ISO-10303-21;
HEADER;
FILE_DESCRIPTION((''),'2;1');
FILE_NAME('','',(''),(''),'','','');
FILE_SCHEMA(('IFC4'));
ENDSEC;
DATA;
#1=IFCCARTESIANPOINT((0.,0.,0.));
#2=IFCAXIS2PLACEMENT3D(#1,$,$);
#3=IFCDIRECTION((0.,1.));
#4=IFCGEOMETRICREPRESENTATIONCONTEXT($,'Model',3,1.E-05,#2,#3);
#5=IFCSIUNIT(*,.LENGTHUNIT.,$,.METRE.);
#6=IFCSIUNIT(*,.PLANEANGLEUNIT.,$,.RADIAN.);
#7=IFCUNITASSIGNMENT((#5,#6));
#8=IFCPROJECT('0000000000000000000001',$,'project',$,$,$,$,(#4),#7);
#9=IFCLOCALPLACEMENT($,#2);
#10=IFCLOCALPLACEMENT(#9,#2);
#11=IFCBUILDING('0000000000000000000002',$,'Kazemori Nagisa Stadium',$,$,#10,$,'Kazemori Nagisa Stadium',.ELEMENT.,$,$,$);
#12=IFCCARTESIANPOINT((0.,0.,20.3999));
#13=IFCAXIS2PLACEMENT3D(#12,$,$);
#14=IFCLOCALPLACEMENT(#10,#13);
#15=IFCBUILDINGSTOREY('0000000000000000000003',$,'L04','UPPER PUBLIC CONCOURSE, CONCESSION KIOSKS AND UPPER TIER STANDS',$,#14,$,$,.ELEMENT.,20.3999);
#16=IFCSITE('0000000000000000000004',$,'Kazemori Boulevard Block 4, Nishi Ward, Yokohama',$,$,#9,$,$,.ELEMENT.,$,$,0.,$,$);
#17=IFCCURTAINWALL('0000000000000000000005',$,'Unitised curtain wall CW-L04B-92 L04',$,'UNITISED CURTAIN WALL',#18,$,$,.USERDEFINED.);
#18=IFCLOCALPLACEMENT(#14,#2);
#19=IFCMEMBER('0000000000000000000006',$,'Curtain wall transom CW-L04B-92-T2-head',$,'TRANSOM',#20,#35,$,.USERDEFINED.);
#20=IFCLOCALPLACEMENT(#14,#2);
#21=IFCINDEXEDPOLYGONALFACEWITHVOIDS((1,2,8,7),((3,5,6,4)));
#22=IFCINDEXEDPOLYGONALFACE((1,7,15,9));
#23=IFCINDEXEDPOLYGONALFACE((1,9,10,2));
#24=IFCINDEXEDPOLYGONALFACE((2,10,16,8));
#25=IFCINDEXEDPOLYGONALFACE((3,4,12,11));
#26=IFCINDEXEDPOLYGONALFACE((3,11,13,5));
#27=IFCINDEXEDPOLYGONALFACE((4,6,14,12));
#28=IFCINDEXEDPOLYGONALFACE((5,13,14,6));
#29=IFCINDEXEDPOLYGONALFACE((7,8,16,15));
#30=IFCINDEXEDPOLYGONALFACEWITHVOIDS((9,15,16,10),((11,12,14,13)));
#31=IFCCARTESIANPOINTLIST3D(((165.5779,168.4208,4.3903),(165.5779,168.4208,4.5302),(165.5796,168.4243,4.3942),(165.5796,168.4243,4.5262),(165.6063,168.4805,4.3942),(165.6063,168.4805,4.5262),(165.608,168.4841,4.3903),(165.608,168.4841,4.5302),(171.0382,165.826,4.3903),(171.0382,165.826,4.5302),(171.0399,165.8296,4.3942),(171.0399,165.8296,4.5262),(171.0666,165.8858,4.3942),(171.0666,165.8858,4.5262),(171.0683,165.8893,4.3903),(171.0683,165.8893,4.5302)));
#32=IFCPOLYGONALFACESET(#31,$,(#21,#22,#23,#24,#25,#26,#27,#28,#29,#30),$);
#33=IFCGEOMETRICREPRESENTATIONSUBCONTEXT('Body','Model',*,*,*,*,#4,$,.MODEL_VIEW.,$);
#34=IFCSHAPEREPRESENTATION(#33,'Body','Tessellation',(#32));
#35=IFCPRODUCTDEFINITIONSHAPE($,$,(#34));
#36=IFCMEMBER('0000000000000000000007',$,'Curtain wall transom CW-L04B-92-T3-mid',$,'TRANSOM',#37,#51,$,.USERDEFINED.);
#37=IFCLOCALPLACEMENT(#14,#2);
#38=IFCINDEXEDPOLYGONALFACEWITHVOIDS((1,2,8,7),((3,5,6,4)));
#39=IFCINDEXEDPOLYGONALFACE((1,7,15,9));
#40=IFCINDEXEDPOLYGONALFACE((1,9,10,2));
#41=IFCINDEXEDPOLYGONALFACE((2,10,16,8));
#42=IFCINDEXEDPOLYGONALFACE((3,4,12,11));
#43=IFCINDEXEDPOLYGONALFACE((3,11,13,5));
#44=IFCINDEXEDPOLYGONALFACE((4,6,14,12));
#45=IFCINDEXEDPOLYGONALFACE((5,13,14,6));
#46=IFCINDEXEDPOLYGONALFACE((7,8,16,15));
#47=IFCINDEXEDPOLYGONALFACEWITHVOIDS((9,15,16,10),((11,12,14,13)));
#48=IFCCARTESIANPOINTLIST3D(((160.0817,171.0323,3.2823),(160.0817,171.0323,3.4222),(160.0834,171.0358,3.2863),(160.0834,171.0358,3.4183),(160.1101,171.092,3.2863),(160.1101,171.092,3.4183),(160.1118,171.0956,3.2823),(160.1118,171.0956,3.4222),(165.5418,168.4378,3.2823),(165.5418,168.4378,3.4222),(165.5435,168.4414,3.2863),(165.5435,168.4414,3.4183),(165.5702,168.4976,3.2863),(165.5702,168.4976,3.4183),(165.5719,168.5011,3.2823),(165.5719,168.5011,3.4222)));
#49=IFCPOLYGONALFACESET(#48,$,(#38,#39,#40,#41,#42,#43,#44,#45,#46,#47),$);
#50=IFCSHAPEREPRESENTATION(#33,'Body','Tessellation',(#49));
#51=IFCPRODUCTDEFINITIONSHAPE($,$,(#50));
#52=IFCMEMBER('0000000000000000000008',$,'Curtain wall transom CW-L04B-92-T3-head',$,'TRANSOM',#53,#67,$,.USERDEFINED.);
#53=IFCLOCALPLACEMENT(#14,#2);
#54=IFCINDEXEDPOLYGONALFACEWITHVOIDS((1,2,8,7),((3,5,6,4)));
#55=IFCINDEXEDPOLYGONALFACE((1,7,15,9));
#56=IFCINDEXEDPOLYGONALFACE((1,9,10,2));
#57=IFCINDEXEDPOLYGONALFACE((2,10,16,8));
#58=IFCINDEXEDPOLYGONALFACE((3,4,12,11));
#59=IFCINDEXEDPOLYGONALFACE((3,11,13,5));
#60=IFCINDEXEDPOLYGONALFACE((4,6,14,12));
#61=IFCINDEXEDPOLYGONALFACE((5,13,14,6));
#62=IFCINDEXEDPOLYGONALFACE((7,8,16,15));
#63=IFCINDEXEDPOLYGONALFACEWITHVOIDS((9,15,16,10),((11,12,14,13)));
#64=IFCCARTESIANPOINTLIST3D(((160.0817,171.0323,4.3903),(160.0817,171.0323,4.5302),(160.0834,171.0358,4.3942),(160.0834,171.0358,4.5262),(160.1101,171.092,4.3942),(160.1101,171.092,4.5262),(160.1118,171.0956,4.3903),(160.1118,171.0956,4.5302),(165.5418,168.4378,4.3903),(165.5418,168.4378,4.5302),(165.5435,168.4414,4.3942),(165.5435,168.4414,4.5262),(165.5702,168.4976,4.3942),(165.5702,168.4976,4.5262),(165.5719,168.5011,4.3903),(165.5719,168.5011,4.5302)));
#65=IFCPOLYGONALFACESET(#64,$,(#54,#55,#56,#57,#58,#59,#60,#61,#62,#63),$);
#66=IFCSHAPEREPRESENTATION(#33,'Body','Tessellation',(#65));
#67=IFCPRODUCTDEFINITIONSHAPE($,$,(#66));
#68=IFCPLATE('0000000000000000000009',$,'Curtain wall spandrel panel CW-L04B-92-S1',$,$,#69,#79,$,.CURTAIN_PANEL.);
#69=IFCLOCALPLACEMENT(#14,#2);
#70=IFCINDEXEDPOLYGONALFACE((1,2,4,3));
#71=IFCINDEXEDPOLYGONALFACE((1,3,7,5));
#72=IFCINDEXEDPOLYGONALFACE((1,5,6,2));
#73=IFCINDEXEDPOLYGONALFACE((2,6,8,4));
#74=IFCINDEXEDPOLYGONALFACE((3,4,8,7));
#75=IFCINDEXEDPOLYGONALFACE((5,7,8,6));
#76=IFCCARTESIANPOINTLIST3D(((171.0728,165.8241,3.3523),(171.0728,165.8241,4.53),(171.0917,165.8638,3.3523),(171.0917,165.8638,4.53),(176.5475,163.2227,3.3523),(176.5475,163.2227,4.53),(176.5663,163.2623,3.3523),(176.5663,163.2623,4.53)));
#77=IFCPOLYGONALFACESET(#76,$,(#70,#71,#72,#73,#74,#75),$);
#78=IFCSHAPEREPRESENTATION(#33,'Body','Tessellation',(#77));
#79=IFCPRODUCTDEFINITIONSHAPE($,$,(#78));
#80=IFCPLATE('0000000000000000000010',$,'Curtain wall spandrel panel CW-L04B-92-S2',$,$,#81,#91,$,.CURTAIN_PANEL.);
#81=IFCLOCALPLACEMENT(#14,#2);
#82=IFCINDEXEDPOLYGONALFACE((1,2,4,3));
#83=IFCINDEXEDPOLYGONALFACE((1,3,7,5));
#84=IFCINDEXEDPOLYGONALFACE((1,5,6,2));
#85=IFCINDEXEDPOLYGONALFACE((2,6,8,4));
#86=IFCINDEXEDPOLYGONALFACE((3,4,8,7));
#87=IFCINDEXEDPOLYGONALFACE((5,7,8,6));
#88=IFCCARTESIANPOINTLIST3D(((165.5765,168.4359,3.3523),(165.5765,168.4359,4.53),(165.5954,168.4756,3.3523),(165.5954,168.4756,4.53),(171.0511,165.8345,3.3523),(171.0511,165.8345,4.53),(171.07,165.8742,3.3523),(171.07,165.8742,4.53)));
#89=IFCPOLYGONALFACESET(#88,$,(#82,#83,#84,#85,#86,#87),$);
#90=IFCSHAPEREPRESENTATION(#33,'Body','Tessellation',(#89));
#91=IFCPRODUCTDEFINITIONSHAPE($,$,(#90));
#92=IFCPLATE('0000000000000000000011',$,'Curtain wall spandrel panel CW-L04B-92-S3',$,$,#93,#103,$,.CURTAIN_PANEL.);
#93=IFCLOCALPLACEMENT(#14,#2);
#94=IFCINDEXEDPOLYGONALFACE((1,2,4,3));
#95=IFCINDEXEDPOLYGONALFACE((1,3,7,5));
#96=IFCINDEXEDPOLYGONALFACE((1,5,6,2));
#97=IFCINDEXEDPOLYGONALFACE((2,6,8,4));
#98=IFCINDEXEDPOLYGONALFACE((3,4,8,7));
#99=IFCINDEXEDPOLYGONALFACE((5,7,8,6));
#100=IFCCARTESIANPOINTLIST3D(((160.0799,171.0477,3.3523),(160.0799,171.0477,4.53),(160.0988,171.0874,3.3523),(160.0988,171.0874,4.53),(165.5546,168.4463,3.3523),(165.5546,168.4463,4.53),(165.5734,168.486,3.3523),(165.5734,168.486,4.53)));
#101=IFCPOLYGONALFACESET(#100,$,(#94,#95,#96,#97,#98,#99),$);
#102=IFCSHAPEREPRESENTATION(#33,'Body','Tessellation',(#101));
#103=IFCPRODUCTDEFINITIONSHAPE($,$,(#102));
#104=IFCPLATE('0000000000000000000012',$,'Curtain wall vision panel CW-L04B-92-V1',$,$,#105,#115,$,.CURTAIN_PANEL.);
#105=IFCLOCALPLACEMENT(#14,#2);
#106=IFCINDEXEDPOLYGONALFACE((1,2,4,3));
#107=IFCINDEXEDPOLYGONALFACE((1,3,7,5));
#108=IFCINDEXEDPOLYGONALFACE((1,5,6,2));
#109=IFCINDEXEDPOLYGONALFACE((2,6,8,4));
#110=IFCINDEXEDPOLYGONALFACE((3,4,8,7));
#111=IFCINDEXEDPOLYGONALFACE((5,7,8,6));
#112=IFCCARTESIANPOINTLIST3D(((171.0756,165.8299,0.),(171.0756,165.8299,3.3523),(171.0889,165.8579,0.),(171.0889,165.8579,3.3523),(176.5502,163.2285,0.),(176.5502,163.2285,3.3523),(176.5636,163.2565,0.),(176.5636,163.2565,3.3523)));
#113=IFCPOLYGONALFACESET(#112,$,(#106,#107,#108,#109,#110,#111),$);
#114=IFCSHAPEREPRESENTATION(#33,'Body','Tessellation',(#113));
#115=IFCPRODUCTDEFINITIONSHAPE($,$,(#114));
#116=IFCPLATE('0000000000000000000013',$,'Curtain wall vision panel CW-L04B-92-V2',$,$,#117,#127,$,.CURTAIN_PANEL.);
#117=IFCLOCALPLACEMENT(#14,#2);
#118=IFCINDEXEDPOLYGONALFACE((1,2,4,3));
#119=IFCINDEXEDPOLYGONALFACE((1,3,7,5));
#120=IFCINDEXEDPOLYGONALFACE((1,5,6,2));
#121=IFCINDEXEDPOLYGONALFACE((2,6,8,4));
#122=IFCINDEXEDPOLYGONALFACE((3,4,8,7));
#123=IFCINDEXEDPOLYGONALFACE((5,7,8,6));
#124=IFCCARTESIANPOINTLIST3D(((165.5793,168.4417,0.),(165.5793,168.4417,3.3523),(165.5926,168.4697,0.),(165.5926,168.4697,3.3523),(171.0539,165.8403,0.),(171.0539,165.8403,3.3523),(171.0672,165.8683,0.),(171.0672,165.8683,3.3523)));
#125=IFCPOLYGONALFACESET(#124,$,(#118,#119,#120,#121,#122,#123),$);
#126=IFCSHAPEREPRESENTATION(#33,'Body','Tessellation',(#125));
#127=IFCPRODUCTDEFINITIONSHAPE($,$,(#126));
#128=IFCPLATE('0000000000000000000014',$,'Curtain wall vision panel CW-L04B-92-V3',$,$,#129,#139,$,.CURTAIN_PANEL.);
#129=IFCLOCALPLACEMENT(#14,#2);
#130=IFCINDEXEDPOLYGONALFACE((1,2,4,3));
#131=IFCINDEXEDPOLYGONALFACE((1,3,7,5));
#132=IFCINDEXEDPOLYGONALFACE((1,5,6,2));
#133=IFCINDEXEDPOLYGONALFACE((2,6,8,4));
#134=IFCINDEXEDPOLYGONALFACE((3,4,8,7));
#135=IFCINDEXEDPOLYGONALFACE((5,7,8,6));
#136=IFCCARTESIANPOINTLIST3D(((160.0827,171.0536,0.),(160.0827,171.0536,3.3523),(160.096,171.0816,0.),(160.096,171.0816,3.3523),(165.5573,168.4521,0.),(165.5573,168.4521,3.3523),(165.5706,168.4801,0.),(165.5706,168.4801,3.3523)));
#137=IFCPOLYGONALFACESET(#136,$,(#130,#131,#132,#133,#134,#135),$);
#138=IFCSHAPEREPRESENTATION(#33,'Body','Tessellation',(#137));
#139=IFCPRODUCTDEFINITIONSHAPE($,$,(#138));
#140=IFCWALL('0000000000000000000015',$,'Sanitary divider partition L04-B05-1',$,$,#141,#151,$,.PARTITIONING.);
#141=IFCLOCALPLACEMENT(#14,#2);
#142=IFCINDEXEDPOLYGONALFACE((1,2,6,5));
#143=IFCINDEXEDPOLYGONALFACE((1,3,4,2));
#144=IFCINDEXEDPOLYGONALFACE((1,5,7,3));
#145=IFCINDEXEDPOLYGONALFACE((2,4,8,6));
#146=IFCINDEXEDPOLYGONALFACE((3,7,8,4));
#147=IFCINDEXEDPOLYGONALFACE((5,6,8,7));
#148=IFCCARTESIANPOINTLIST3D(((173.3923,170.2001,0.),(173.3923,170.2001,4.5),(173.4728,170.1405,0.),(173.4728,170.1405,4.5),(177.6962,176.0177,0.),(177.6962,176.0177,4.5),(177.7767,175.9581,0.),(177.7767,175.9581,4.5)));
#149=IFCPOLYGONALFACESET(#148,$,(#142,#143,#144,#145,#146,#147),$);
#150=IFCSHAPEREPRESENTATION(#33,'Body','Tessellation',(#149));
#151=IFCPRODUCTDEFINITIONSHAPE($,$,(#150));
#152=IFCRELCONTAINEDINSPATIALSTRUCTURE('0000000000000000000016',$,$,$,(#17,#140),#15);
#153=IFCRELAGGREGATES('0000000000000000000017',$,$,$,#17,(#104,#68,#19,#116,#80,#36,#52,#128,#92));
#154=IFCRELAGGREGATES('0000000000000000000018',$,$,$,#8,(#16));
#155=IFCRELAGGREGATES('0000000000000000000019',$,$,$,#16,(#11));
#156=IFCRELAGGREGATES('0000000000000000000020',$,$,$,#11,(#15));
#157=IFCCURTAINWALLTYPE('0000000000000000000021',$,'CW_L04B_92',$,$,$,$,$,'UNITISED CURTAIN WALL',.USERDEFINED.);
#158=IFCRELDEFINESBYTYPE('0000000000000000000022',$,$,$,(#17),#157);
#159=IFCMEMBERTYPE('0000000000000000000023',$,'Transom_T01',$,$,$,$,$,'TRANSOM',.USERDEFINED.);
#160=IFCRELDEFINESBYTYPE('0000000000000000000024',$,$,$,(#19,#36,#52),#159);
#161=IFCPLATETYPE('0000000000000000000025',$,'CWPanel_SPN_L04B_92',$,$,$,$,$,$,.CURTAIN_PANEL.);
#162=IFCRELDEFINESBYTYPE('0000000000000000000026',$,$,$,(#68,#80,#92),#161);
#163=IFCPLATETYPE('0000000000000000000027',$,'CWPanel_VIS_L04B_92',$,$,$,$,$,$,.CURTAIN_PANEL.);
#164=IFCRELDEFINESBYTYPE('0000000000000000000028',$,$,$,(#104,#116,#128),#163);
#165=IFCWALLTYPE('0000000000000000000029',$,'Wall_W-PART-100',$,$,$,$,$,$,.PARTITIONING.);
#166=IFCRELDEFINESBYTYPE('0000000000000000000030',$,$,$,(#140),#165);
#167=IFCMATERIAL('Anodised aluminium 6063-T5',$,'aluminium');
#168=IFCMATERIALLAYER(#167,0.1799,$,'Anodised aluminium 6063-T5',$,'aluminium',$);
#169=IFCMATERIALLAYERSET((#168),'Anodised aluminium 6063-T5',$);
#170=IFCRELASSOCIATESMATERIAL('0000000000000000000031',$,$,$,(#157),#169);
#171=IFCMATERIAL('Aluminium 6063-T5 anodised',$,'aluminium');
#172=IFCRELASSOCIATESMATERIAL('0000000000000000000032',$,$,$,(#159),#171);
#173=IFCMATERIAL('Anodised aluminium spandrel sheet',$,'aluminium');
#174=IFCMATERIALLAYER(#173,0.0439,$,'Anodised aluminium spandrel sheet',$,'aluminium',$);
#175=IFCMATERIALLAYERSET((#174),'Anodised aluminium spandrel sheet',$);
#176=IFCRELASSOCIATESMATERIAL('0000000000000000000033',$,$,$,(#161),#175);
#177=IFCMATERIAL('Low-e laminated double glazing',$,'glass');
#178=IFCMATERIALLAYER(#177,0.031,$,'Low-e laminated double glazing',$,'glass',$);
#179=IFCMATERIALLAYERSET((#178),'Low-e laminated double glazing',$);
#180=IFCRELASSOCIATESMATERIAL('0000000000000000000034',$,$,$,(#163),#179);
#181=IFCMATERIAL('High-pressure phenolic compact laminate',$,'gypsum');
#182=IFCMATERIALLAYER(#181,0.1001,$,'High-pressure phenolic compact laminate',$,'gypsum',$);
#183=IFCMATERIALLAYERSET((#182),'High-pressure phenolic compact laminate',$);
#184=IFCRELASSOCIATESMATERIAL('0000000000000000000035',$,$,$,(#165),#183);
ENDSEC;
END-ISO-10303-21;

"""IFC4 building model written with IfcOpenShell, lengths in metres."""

from ifc_helpers import new_model, si_unit, direction, frame, frame_2d, origin, origin_2d, place, context, subcontext, project, spatial, rectangle, hollow_rectangle, extrude, material, layer, layer_set, material_profile, profile_set, type_object, element, aggregate, save


model = new_model("IFC4")

# Units and contexts
model_context = context("Model", 3, precision=1e-05, world=origin(), true_north=direction((0.0, 1.0)))
body_context = subcontext(model_context, "Body", "Model", "MODEL_VIEW")
ifc_project = project(units=[si_unit("LENGTHUNIT", "METRE"), si_unit("PLANEANGLEUNIT", "RADIAN")], contexts=[model_context])

# Site, building, storey
site_placement = place(None, origin())
site = spatial("IfcSite", under=ifc_project, at=site_placement, Name="Kazemori Boulevard Block 4, Nishi Ward, Yokohama", CompositionType="ELEMENT", RefElevation=0.0)
building_placement = place(site_placement, origin())
building = spatial("IfcBuilding", under=site, at=building_placement, Name="Kazemori Nagisa Stadium", LongName="Kazemori Nagisa Stadium", CompositionType="ELEMENT")
storey_placement = place(building_placement, frame((0.0, 0.0, 20.3999)))
storey = spatial("IfcBuildingStorey", under=building, at=storey_placement, Name="L04", Description="UPPER PUBLIC CONCOURSE, CONCESSION KIOSKS AND UPPER TIER STANDS", CompositionType="ELEMENT", Elevation=20.3999)

# Curtain wall, members, plates
ifc_material_1 = material(Name="Anodised aluminium 6063-T5", Category="aluminium")
ifc_layer_1 = layer(ifc_material_1, 0.1799, Name="Anodised aluminium 6063-T5", Category="aluminium")
ifc_layer_set_1 = layer_set([ifc_layer_1], Name="Anodised aluminium 6063-T5")
curtain_wall_type = type_object("IfcCurtainWallType", Name="CW_L04B_92", ElementType="UNITISED CURTAIN WALL", PredefinedType="USERDEFINED", material=ifc_layer_set_1)
curtain_wall_placement = place(storey_placement, origin())
curtain_wall = element("IfcCurtainWall", 1, at=curtain_wall_placement, inside=storey, type_object=curtain_wall_type, Name="Unitised curtain wall CW-L04B-92 L04", ObjectType="UNITISED CURTAIN WALL", PredefinedType="USERDEFINED")
ifc_material_2 = material(Name="Aluminium 6063-T5 anodised", Category="aluminium")
ifc_material_profile_1 = material_profile(ifc_material_2, hollow_rectangle(XDim=0.0701, YDim=0.1399, WallThickness=0.0039, at=origin_2d()), Name="ALU-TRAN-70x140x4")
ifc_profile_set_1 = profile_set([ifc_material_profile_1], Name="Aluminium 6063-T5 anodised")
member_type_1 = type_object("IfcMemberType", Name="Transom_T01", ElementType="TRANSOM", PredefinedType="USERDEFINED", material=ifc_profile_set_1)
member_1_placement = place(storey_placement, frame((171.0532, 165.8577, 4.4602), z_axis=(-0.903205, 0.429209, 0.0), x_axis=(-0.429209, -0.903205, 0.0)))
member_1 = element("IfcMember", 2, at=member_1_placement, type_object=member_type_1, Name="Curtain wall transom CW-L04B-92-T2-head", ObjectType="TRANSOM", PredefinedType="USERDEFINED", context=body_context, shape_type="SweptSolid", body=[
    extrude(hollow_rectangle(XDim=0.0701, YDim=0.1399, WallThickness=0.0039, at=origin_2d()), origin(), (0.0, 0.0, 1.0), 6.0454),
])
member_2_placement = place(storey_placement, frame((165.5569, 168.4695, 3.3523), z_axis=(-0.903221, 0.429176, 0.0), x_axis=(-0.429176, -0.903221, 0.0)))
member_2 = element("IfcMember", 3, at=member_2_placement, type_object=member_type_1, Name="Curtain wall transom CW-L04B-92-T3-mid", ObjectType="TRANSOM", PredefinedType="USERDEFINED", context=body_context, shape_type="SweptSolid", body=[
    extrude(hollow_rectangle(XDim=0.0701, YDim=0.1399, WallThickness=0.0039, at=origin_2d()), origin(), (0.0, 0.0, 1.0), 6.0452),
])
member_3_placement = place(storey_placement, frame((165.5569, 168.4695, 4.4602), z_axis=(-0.903221, 0.429176, 0.0), x_axis=(-0.429176, -0.903221, 0.0)))
member_3 = element("IfcMember", 4, at=member_3_placement, type_object=member_type_1, Name="Curtain wall transom CW-L04B-92-T3-head", ObjectType="TRANSOM", PredefinedType="USERDEFINED", context=body_context, shape_type="SweptSolid", body=[
    extrude(hollow_rectangle(XDim=0.0701, YDim=0.1399, WallThickness=0.0039, at=origin_2d()), origin(), (0.0, 0.0, 1.0), 6.0452),
])
ifc_material_3 = material(Name="Anodised aluminium spandrel sheet", Category="aluminium")
ifc_layer_2 = layer(ifc_material_3, 0.0439, Name="Anodised aluminium spandrel sheet", Category="aluminium")
ifc_layer_set_2 = layer_set([ifc_layer_2], Name="Anodised aluminium spandrel sheet")
plate_type_1 = type_object("IfcPlateType", Name="CWPanel_SPN_L04B_92", PredefinedType="CURTAIN_PANEL", material=ifc_layer_set_2)
plate_1_placement = place(storey_placement, frame((173.8196, 164.5432, 3.3523), z_axis=(0.0, 0.0, 1.0), x_axis=(-0.903216, 0.429186, 0.0)))
plate_1 = element("IfcPlate", 5, at=plate_1_placement, type_object=plate_type_1, Name="Curtain wall spandrel panel CW-L04B-92-S1", PredefinedType="CURTAIN_PANEL", context=body_context, shape_type="SweptSolid", body=[
    extrude(rectangle(XDim=6.0613, YDim=0.0439, at=origin_2d()), origin(), (0.0, 0.0, 1.0), 1.1777),
])
plate_2_placement = place(storey_placement, frame((168.3232, 167.155, 3.3523), z_axis=(0.0, 0.0, 1.0), x_axis=(-0.903216, 0.429186, 0.0)))
plate_2 = element("IfcPlate", 6, at=plate_2_placement, type_object=plate_type_1, Name="Curtain wall spandrel panel CW-L04B-92-S2", PredefinedType="CURTAIN_PANEL", context=body_context, shape_type="SweptSolid", body=[
    extrude(rectangle(XDim=6.0613, YDim=0.0439, at=origin_2d()), origin(), (0.0, 0.0, 1.0), 1.1777),
])
plate_3_placement = place(storey_placement, frame((162.8267, 169.7668, 3.3523), z_axis=(0.0, 0.0, 1.0), x_axis=(-0.903216, 0.429186, 0.0)))
plate_3 = element("IfcPlate", 7, at=plate_3_placement, type_object=plate_type_1, Name="Curtain wall spandrel panel CW-L04B-92-S3", PredefinedType="CURTAIN_PANEL", context=body_context, shape_type="SweptSolid", body=[
    extrude(rectangle(XDim=6.0613, YDim=0.0439, at=origin_2d()), origin(), (0.0, 0.0, 1.0), 1.1777),
])
ifc_material_4 = material(Name="Low-e laminated double glazing", Category="glass")
ifc_layer_3 = layer(ifc_material_4, 0.031, Name="Low-e laminated double glazing", Category="glass")
ifc_layer_set_3 = layer_set([ifc_layer_3], Name="Low-e laminated double glazing")
plate_type_2 = type_object("IfcPlateType", Name="CWPanel_VIS_L04B_92", PredefinedType="CURTAIN_PANEL", material=ifc_layer_set_3)
plate_4_placement = place(storey_placement, frame((173.8196, 164.5432, 0.0), z_axis=(0.0, 0.0, 1.0), x_axis=(-0.903216, 0.429186, 0.0)))
plate_4 = element("IfcPlate", 8, at=plate_4_placement, type_object=plate_type_2, Name="Curtain wall vision panel CW-L04B-92-V1", PredefinedType="CURTAIN_PANEL", context=body_context, shape_type="SweptSolid", body=[
    extrude(rectangle(XDim=6.0613, YDim=0.031, at=origin_2d()), origin(), (0.0, 0.0, 1.0), 3.3523),
])
plate_5_placement = place(storey_placement, frame((168.3232, 167.155, 0.0), z_axis=(0.0, 0.0, 1.0), x_axis=(-0.903216, 0.429186, 0.0)))
plate_5 = element("IfcPlate", 9, at=plate_5_placement, type_object=plate_type_2, Name="Curtain wall vision panel CW-L04B-92-V2", PredefinedType="CURTAIN_PANEL", context=body_context, shape_type="SweptSolid", body=[
    extrude(rectangle(XDim=6.0613, YDim=0.031, at=origin_2d()), origin(), (0.0, 0.0, 1.0), 3.3523),
])
plate_6_placement = place(storey_placement, frame((162.8267, 169.7668, 0.0), z_axis=(0.0, 0.0, 1.0), x_axis=(-0.903216, 0.429186, 0.0)))
plate_6 = element("IfcPlate", 10, at=plate_6_placement, type_object=plate_type_2, Name="Curtain wall vision panel CW-L04B-92-V3", PredefinedType="CURTAIN_PANEL", context=body_context, shape_type="SweptSolid", body=[
    extrude(rectangle(XDim=6.0613, YDim=0.031, at=origin_2d()), origin(), (0.0, 0.0, 1.0), 3.3523),
])
aggregate(curtain_wall, [plate_4, plate_1, member_1, plate_5, plate_2, member_2, member_3, plate_6, plate_3])

# Wall
ifc_material_5 = material(Name="High-pressure phenolic compact laminate", Category="gypsum")
ifc_layer_4 = layer(ifc_material_5, 0.1001, Name="High-pressure phenolic compact laminate", Category="gypsum")
ifc_layer_set_4 = layer_set([ifc_layer_4], Name="High-pressure phenolic compact laminate")
wall_type = type_object("IfcWallType", Name="Wall_W-PART-100", PredefinedType="PARTITIONING", material=ifc_layer_set_4)
wall_placement = place(storey_placement, frame((173.4326, 170.1704, 0.0), z_axis=(0.0, 0.0, 1.0), x_axis=(0.594746, 0.803914, 0.0)))
element("IfcWall", 11, at=wall_placement, inside=storey, type_object=wall_type, Name="Sanitary divider partition L04-B05-1", PredefinedType="PARTITIONING", context=body_context, shape_type="SweptSolid", body=[
    extrude(rectangle(XDim=7.2366, YDim=0.1001, at=frame_2d((3.6182, 0.0))), origin(), (0.0, 0.0, 1.0), 4.5),
])

save(model, "model.ifc")
